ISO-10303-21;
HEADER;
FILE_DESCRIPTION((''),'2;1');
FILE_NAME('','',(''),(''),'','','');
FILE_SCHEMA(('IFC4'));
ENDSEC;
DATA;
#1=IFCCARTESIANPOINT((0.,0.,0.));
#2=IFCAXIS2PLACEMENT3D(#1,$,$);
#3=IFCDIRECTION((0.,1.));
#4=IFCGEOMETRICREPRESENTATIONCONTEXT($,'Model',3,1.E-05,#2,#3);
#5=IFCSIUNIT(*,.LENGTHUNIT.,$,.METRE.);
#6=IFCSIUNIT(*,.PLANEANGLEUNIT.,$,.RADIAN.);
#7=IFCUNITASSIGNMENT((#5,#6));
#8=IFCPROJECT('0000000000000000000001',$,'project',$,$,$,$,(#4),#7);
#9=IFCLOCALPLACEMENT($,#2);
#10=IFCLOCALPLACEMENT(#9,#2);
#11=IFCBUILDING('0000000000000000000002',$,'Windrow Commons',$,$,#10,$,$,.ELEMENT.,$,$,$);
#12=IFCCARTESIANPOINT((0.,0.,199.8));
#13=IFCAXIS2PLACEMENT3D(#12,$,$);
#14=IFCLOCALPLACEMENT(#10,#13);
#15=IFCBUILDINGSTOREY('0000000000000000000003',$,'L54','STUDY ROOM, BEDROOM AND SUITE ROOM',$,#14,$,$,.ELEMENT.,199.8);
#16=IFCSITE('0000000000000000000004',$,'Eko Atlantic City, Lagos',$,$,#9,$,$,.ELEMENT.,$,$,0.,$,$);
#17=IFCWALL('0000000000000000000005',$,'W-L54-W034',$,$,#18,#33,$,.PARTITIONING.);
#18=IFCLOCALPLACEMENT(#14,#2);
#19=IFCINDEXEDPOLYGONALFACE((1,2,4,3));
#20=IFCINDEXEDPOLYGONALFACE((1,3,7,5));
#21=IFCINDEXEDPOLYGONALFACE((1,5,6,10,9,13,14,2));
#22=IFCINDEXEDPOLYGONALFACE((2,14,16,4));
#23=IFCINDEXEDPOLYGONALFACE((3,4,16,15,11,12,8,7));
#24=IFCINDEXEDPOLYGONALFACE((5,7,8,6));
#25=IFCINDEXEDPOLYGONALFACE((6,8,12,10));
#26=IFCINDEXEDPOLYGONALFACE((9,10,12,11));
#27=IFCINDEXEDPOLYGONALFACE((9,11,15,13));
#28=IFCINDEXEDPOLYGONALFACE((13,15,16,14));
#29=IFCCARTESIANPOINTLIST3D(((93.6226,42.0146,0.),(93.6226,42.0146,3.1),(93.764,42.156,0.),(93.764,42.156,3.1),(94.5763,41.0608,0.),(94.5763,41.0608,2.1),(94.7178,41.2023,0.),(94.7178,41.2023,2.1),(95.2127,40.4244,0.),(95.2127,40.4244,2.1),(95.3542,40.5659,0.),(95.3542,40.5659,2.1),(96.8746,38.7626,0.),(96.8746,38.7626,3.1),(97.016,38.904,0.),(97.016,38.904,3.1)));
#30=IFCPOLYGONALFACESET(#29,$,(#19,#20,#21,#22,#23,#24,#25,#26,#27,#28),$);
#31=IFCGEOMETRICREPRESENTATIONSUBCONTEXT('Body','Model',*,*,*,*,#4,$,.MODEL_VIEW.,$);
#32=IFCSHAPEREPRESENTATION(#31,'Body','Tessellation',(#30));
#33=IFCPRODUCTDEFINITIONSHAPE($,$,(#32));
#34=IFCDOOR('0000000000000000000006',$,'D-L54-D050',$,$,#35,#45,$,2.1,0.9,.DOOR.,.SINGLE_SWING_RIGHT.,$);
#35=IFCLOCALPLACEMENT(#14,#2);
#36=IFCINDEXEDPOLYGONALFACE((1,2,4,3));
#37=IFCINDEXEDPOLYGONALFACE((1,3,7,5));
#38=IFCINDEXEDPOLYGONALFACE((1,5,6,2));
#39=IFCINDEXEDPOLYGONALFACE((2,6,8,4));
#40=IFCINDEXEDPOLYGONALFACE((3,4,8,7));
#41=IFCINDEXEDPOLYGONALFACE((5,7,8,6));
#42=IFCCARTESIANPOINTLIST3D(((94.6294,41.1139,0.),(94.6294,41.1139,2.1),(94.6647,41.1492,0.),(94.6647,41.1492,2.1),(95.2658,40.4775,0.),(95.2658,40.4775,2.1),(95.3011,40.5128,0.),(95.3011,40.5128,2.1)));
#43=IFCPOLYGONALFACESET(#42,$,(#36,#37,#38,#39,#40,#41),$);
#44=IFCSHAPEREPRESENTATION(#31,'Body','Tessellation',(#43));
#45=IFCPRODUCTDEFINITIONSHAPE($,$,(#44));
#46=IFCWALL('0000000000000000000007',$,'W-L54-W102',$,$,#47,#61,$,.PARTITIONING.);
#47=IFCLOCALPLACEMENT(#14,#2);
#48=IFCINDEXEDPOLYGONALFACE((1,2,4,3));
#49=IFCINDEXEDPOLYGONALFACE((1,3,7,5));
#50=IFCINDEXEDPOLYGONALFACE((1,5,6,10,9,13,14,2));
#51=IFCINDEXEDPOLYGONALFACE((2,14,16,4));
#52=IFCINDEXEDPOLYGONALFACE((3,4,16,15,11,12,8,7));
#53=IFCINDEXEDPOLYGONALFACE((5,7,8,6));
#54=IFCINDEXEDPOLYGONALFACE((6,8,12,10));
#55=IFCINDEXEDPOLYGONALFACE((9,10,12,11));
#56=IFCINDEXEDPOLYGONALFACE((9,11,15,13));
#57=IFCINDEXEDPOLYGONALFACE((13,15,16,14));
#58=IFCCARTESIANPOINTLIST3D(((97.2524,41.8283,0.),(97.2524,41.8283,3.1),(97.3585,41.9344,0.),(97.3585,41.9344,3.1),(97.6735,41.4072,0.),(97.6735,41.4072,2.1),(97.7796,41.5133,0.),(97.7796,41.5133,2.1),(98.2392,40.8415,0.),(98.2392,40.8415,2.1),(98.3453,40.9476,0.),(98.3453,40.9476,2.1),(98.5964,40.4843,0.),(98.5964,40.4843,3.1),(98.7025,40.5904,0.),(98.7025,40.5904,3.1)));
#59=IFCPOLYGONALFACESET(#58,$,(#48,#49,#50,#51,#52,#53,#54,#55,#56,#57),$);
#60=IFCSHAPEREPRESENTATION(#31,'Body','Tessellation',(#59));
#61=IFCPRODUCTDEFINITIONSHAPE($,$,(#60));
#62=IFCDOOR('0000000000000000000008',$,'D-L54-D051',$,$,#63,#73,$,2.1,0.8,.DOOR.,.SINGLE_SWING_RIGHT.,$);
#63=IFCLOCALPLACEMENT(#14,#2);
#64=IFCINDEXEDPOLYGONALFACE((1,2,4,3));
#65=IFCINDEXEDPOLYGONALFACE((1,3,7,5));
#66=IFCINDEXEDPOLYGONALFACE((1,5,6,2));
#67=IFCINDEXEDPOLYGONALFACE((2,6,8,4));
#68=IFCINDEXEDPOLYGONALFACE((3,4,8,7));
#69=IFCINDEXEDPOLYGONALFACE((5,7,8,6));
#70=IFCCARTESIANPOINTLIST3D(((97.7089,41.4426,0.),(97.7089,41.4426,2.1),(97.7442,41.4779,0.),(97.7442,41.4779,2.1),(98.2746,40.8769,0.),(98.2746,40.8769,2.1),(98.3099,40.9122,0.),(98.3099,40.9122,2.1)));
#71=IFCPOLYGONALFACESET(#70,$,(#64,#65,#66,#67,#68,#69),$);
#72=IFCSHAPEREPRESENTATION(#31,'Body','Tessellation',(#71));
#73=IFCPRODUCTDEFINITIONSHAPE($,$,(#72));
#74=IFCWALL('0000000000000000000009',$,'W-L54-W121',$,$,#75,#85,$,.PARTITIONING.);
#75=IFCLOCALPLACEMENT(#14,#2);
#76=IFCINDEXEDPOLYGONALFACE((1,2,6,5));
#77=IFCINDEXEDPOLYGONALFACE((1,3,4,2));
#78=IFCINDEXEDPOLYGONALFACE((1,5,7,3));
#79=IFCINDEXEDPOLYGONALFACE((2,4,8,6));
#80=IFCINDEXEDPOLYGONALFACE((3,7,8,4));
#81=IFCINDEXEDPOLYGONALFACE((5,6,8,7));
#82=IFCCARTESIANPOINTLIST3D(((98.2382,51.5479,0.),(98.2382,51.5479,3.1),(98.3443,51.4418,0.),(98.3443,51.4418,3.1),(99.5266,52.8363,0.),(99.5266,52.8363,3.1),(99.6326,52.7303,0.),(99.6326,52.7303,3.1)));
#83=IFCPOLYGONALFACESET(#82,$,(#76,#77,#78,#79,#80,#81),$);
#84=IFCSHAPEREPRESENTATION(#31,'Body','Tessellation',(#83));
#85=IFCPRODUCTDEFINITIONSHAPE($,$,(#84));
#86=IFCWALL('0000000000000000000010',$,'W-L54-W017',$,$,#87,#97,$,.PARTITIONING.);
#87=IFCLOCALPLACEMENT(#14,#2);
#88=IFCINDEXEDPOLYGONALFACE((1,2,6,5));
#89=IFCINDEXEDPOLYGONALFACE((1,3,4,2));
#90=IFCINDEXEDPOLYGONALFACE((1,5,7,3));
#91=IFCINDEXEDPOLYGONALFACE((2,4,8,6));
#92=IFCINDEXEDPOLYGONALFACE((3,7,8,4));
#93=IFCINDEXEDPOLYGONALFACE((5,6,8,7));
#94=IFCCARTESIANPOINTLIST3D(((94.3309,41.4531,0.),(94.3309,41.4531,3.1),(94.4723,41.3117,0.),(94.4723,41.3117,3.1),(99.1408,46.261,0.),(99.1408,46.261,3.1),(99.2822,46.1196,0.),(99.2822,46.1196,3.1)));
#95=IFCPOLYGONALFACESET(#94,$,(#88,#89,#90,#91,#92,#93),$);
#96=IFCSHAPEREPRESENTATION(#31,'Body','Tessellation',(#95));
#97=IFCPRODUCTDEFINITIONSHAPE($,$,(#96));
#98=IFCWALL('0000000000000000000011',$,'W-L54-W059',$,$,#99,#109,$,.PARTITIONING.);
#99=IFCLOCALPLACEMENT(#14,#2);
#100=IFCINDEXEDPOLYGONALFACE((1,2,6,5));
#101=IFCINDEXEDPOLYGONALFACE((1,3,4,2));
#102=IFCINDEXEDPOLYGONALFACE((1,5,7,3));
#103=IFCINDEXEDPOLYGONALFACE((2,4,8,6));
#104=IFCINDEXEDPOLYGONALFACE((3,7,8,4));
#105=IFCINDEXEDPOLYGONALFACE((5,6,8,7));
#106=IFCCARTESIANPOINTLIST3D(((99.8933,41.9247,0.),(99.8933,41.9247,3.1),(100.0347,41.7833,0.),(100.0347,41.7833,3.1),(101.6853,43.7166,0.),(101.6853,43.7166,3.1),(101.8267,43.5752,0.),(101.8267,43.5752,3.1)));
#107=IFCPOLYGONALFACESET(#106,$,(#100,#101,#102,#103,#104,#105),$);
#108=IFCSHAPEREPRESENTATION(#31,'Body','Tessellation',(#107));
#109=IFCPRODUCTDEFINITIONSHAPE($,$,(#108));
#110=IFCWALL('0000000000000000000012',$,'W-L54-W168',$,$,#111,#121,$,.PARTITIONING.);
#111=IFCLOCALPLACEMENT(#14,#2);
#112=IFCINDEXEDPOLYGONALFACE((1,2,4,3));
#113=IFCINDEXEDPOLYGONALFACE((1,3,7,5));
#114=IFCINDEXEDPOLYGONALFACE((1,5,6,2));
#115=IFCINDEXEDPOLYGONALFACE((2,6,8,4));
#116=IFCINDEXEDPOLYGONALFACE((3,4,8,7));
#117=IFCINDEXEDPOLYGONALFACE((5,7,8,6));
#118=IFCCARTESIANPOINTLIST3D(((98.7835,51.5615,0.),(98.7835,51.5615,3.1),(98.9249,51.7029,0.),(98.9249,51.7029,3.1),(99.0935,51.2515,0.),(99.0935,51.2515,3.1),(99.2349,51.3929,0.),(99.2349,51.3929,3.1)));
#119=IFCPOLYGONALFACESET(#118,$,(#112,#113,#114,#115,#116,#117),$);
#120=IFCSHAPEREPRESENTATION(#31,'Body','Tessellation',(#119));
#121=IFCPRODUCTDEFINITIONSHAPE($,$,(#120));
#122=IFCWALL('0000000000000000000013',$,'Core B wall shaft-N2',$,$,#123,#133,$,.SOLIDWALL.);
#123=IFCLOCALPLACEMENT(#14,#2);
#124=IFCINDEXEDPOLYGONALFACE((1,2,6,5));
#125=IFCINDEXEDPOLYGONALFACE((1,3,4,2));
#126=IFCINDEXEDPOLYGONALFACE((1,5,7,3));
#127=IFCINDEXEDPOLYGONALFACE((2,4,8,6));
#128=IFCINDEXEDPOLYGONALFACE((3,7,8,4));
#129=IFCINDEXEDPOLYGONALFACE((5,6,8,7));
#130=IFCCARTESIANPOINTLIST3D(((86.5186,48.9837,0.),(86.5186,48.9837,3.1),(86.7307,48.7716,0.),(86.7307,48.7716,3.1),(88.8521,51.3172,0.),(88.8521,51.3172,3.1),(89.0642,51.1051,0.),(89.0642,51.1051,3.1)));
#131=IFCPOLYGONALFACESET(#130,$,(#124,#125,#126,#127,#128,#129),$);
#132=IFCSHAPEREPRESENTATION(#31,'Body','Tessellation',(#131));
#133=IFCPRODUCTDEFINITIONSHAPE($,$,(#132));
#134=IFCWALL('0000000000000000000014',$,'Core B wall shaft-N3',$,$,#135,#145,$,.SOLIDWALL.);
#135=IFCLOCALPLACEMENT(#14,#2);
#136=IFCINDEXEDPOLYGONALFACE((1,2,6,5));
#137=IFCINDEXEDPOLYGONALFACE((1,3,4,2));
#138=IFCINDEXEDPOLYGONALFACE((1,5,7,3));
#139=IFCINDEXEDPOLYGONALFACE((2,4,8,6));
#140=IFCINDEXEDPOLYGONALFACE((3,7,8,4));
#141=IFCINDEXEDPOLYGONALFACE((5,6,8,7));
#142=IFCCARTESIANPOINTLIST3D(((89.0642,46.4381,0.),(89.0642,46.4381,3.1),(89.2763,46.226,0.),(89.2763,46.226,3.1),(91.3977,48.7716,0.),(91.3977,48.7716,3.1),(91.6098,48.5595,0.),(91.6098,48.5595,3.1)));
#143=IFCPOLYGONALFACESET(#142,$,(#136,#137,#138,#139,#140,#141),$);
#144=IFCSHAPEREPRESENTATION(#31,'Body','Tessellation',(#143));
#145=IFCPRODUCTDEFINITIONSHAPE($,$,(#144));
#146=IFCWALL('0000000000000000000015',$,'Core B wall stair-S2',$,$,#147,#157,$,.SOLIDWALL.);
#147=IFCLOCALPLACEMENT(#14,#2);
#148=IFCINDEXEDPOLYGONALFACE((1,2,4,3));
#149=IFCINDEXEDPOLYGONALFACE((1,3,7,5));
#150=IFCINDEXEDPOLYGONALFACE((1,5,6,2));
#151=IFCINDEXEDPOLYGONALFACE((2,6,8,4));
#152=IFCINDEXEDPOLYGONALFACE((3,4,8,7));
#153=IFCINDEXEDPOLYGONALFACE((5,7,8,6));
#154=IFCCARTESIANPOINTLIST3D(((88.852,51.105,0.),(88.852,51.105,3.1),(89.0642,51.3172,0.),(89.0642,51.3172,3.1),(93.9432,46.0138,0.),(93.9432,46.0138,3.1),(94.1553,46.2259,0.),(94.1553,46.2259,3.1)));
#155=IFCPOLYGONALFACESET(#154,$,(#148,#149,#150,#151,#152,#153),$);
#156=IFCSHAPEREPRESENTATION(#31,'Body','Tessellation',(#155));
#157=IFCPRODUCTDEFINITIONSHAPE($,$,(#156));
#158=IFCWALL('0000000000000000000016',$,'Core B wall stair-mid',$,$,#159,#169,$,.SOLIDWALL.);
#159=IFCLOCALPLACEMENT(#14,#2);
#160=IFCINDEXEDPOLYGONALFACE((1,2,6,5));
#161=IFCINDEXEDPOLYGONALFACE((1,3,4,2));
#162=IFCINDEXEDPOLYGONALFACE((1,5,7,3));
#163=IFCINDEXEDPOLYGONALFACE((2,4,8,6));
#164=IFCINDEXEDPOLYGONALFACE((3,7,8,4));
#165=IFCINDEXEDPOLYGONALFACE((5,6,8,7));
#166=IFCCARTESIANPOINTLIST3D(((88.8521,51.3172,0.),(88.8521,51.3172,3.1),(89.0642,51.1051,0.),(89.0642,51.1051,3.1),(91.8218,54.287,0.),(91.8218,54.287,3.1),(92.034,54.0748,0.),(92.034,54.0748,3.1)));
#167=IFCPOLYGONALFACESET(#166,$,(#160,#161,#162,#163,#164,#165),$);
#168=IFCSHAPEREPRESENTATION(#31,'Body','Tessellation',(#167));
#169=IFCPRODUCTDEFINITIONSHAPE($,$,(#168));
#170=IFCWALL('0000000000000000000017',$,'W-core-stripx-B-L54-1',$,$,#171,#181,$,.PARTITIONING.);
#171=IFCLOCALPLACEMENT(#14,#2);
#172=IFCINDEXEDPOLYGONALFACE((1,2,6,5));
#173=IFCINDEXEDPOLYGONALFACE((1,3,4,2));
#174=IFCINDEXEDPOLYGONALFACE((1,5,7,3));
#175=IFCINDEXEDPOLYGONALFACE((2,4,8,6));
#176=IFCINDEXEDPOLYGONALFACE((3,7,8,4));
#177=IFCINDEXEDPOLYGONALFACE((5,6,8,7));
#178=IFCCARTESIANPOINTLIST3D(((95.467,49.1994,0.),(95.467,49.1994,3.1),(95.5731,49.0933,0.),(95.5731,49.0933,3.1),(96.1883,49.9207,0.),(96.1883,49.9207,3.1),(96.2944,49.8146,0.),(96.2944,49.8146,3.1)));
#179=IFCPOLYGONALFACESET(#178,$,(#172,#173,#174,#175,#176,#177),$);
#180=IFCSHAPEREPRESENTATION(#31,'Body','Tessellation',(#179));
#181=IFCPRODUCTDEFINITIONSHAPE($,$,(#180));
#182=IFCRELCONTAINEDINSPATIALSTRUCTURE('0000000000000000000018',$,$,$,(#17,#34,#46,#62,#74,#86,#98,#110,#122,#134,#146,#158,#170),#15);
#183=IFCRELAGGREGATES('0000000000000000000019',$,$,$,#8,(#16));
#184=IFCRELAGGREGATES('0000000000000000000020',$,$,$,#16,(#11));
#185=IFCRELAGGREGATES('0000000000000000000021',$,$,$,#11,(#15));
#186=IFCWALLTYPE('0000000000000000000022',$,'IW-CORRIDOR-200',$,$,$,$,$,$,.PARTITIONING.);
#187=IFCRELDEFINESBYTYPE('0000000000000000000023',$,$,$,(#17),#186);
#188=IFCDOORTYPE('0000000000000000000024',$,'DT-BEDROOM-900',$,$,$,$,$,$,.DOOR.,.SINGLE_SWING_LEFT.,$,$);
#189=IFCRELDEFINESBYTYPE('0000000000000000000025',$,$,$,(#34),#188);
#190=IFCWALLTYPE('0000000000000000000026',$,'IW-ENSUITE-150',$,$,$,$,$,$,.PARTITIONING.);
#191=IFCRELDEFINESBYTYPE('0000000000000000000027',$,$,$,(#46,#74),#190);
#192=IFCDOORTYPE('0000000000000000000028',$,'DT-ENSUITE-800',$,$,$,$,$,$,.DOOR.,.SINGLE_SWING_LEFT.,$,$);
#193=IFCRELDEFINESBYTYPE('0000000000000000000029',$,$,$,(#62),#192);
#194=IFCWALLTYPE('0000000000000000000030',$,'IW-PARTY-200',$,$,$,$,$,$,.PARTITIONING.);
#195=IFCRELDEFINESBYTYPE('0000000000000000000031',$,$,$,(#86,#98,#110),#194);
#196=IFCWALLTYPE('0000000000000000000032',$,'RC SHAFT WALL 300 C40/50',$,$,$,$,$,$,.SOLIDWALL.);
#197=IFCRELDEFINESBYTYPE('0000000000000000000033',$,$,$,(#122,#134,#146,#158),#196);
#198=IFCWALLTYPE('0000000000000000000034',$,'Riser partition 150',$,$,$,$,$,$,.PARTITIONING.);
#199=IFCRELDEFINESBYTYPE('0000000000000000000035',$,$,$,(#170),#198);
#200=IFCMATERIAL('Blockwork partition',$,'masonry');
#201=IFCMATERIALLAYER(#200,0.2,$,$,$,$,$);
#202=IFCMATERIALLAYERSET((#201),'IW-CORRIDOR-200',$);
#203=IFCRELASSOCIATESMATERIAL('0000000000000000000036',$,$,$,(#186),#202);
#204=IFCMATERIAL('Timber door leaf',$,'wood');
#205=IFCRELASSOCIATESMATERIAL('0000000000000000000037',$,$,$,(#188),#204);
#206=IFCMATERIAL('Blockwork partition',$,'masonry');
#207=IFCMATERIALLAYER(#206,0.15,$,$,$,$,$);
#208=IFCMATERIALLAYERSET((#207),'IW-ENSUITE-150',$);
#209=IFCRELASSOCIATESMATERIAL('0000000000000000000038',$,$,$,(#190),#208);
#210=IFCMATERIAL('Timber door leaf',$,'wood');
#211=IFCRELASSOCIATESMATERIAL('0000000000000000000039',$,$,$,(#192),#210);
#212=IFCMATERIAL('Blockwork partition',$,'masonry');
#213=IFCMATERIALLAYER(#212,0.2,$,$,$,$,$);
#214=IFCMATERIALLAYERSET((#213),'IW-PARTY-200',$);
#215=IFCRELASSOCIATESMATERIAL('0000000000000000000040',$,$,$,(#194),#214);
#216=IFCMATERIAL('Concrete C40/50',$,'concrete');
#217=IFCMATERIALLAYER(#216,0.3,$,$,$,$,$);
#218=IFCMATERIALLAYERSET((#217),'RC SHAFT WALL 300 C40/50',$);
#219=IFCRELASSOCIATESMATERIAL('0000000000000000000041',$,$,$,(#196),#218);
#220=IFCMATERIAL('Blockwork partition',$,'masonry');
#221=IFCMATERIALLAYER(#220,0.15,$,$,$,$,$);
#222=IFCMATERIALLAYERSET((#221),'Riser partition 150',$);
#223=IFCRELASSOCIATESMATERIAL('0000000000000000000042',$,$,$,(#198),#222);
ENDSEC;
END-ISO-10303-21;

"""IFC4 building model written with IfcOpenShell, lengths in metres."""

from ifc_helpers import new_model, si_unit, direction, frame, frame_2d, origin, place, context, subcontext, project, spatial, rectangle, extrude, material, layer, layer_set, type_object, element, fill, save


model = new_model("IFC4")

# Units and contexts
model_context = context("Model", 3, precision=1e-05, world=origin(), true_north=direction((0.0, 1.0)))
body_context = subcontext(model_context, "Body", "Model", "MODEL_VIEW")
ifc_project = project(units=[si_unit("LENGTHUNIT", "METRE"), si_unit("PLANEANGLEUNIT", "RADIAN")], contexts=[model_context])

# Site, building, storey
site_placement = place(None, origin())
site = spatial("IfcSite", under=ifc_project, at=site_placement, Name="Eko Atlantic City, Lagos", CompositionType="ELEMENT", RefElevation=0.0)
building_placement = place(site_placement, origin())
building = spatial("IfcBuilding", under=site, at=building_placement, Name="Windrow Commons", CompositionType="ELEMENT")
storey_placement = place(building_placement, frame((0.0, 0.0, 199.8)))
storey = spatial("IfcBuildingStorey", under=building, at=storey_placement, Name="L54", Description="STUDY ROOM, BEDROOM AND SUITE ROOM", CompositionType="ELEMENT", Elevation=199.8)

# Walls, openings, doors
ifc_material_1 = material(Name="Blockwork partition", Category="masonry")
ifc_layer_1 = layer(ifc_material_1, 0.2)
ifc_layer_set_1 = layer_set([ifc_layer_1], Name="IW-CORRIDOR-200")
wall_type_1 = type_object("IfcWallType", Name="IW-CORRIDOR-200", PredefinedType="PARTITIONING", material=ifc_layer_set_1)
wall_1_placement = place(storey_placement, frame((93.6933, 42.0853, 0.0), z_axis=(0.0, 0.0, 1.0), x_axis=(0.707107, -0.707107, 0.0)))
wall_1 = element("IfcWall", 1, at=wall_1_placement, inside=storey, type_object=wall_type_1, Name="W-L54-W034", PredefinedType="PARTITIONING", context=body_context, shape_type="SweptSolid", body=[
    extrude(rectangle(XDim=4.599, YDim=0.2, at=frame_2d((2.2995, 0.0))), origin(), (0.0, 0.0, 1.0), 3.1),
])
opening_1_placement = place(wall_1_placement, frame((1.3488, 0.0, 0.0)))
opening_1 = element("IfcOpeningElement", 2, at=opening_1_placement, cuts=wall_1, PredefinedType="OPENING", context=body_context, shape_type="SweptSolid", body=[
    extrude(rectangle(XDim=0.9, YDim=2.1, at=frame_2d((0.45, 1.05))), frame((0.0, 0.11, 0.0), z_axis=(0.0, -1.0, 0.0), x_axis=(1.0, 0.0, 0.0)), (0.0, 0.0, 1.0), 0.22),
])
ifc_material_2 = material(Name="Timber door leaf", Category="wood")
door_type_1 = type_object("IfcDoorType", Name="DT-BEDROOM-900", OperationType="SINGLE_SWING_LEFT", PredefinedType="DOOR", material=ifc_material_2)
door_1_placement = place(opening_1_placement, origin())
door_1 = element("IfcDoor", 3, at=door_1_placement, inside=storey, type_object=door_type_1, Name="D-L54-D050", OperationType="SINGLE_SWING_RIGHT", OverallHeight=2.1, OverallWidth=0.9, PredefinedType="DOOR", context=body_context, shape_type="SweptSolid", body=[
    extrude(rectangle(XDim=0.9, YDim=2.1, at=frame_2d((0.45, 1.05))), frame((0.0, 0.025, 0.0), z_axis=(0.0, -1.0, 0.0), x_axis=(1.0, 0.0, 0.0)), (0.0, 0.0, 1.0), 0.05),
])
fill(opening_1, door_1)
ifc_material_3 = material(Name="Blockwork partition", Category="masonry")
ifc_layer_2 = layer(ifc_material_3, 0.15)
ifc_layer_set_2 = layer_set([ifc_layer_2], Name="IW-ENSUITE-150")
wall_type_2 = type_object("IfcWallType", Name="IW-ENSUITE-150", PredefinedType="PARTITIONING", material=ifc_layer_set_2)
wall_2_placement = place(storey_placement, frame((97.3054, 41.8814, 0.0), z_axis=(0.0, 0.0, 1.0), x_axis=(0.707107, -0.707107, 0.0)))
wall_2 = element("IfcWall", 4, at=wall_2_placement, inside=storey, type_object=wall_type_2, Name="W-L54-W102", PredefinedType="PARTITIONING", context=body_context, shape_type="SweptSolid", body=[
    extrude(rectangle(XDim=1.9007, YDim=0.15, at=frame_2d((0.9504, 0.0))), origin(), (0.0, 0.0, 1.0), 3.1),
])
opening_2_placement = place(wall_2_placement, frame((0.5956, 0.0, 0.0)))
opening_2 = element("IfcOpeningElement", 5, at=opening_2_placement, cuts=wall_2, PredefinedType="OPENING", context=body_context, shape_type="SweptSolid", body=[
    extrude(rectangle(XDim=0.8, YDim=2.1, at=frame_2d((0.4, 1.05))), frame((0.0, 0.085, 0.0), z_axis=(0.0, -1.0, 0.0), x_axis=(1.0, 0.0, 0.0)), (0.0, 0.0, 1.0), 0.17),
])
ifc_material_4 = material(Name="Timber door leaf", Category="wood")
door_type_2 = type_object("IfcDoorType", Name="DT-ENSUITE-800", OperationType="SINGLE_SWING_LEFT", PredefinedType="DOOR", material=ifc_material_4)
door_2_placement = place(opening_2_placement, origin())
door_2 = element("IfcDoor", 6, at=door_2_placement, inside=storey, type_object=door_type_2, Name="D-L54-D051", OperationType="SINGLE_SWING_RIGHT", OverallHeight=2.1, OverallWidth=0.8, PredefinedType="DOOR", context=body_context, shape_type="SweptSolid", body=[
    extrude(rectangle(XDim=0.8, YDim=2.1, at=frame_2d((0.4, 1.05))), frame((0.0, 0.025, 0.0), z_axis=(0.0, -1.0, 0.0), x_axis=(1.0, 0.0, 0.0)), (0.0, 0.0, 1.0), 0.05),
])
fill(opening_2, door_2)

# Walls
wall_3_placement = place(storey_placement, frame((98.2912, 51.4948, 0.0), z_axis=(0.0, 0.0, 1.0), x_axis=(0.707079, 0.707134, 0.0)))
element("IfcWall", 7, at=wall_3_placement, inside=storey, type_object=wall_type_2, Name="W-L54-W121", PredefinedType="PARTITIONING", context=body_context, shape_type="SweptSolid", body=[
    extrude(rectangle(XDim=1.8221, YDim=0.15, at=frame_2d((0.9111, 0.0))), origin(), (0.0, 0.0, 1.0), 3.1),
])
ifc_material_5 = material(Name="Blockwork partition", Category="masonry")
ifc_layer_3 = layer(ifc_material_5, 0.2)
ifc_layer_set_3 = layer_set([ifc_layer_3], Name="IW-PARTY-200")
wall_type_3 = type_object("IfcWallType", Name="IW-PARTY-200", PredefinedType="PARTITIONING", material=ifc_layer_set_3)
wall_4_placement = place(storey_placement, frame((94.4016, 41.3824, 0.0), z_axis=(0.0, 0.0, 1.0), x_axis=(0.707254, 0.70696, 0.0)))
element("IfcWall", 8, at=wall_4_placement, inside=storey, type_object=wall_type_3, Name="W-L54-W017", PredefinedType="PARTITIONING", context=body_context, shape_type="SweptSolid", body=[
    extrude(rectangle(XDim=6.8008, YDim=0.2, at=frame_2d((3.4004, 0.0))), origin(), (0.0, 0.0, 1.0), 3.1),
])
wall_5_placement = place(storey_placement, frame((99.964, 41.854, 0.0), z_axis=(0.0, 0.0, 1.0), x_axis=(0.707127, 0.707087, 0.0)))
element("IfcWall", 9, at=wall_5_placement, inside=storey, type_object=wall_type_3, Name="W-L54-W059", PredefinedType="PARTITIONING", context=body_context, shape_type="SweptSolid", body=[
    extrude(rectangle(XDim=2.5341, YDim=0.2, at=frame_2d((1.2671, 0.0))), origin(), (0.0, 0.0, 1.0), 3.1),
])
wall_6_placement = place(storey_placement, frame((98.8542, 51.6322, 0.0), z_axis=(0.0, 0.0, 1.0), x_axis=(0.707107, -0.707107, 0.0)))
element("IfcWall", 10, at=wall_6_placement, inside=storey, type_object=wall_type_3, Name="W-L54-W168", PredefinedType="PARTITIONING", context=body_context, shape_type="SweptSolid", body=[
    extrude(rectangle(XDim=0.4384, YDim=0.2, at=frame_2d((0.2192, 0.0))), origin(), (0.0, 0.0, 1.0), 3.1),
])
ifc_material_6 = material(Name="Concrete C40/50", Category="concrete")
ifc_layer_4 = layer(ifc_material_6, 0.3)
ifc_layer_set_4 = layer_set([ifc_layer_4], Name="RC SHAFT WALL 300 C40/50")
wall_type_4 = type_object("IfcWallType", Name="RC SHAFT WALL 300 C40/50", PredefinedType="SOLIDWALL", material=ifc_layer_set_4)
for number, where, z_axis, x_axis, name in (
    (11, (86.6246, 48.8776, 0.0), (0.0, 0.0, 1.0), (0.707107, 0.707107, 0.0), "Core B wall shaft-N2"),
    (12, (89.1702, 46.332, 0.0), (0.0, 0.0, 1.0), (0.707107, 0.707107, 0.0), "Core B wall shaft-N3"),
):
    element("IfcWall", number, at=place(storey_placement, frame(where, z_axis=z_axis, x_axis=x_axis)), inside=storey, type_object=wall_type_4, Name=name, PredefinedType="SOLIDWALL", context=body_context, shape_type="SweptSolid", body=[
        extrude(rectangle(XDim=3.3001, YDim=0.3, at=frame_2d((1.6501, 0.0))), origin(), (0.0, 0.0, 1.0), 3.1),
    ])
wall_7_placement = place(storey_placement, frame((88.9581, 51.2111, 0.0), z_axis=(0.0, 0.0, 1.0), x_axis=(0.7071, -0.707114, 0.0)))
element("IfcWall", 13, at=wall_7_placement, inside=storey, type_object=wall_type_4, Name="Core B wall stair-S2", PredefinedType="SOLIDWALL", context=body_context, shape_type="SweptSolid", body=[
    extrude(rectangle(XDim=7.2, YDim=0.3, at=frame_2d((3.6, 0.0))), origin(), (0.0, 0.0, 1.0), 3.1),
])
wall_8_placement = place(storey_placement, frame((88.9581, 51.2111, 0.0), z_axis=(0.0, 0.0, 1.0), x_axis=(0.707107, 0.707107, 0.0)))
element("IfcWall", 14, at=wall_8_placement, inside=storey, type_object=wall_type_4, Name="Core B wall stair-mid", PredefinedType="SOLIDWALL", context=body_context, shape_type="SweptSolid", body=[
    extrude(rectangle(XDim=4.1999, YDim=0.3, at=frame_2d((2.1, 0.0))), origin(), (0.0, 0.0, 1.0), 3.1),
])
ifc_material_7 = material(Name="Blockwork partition", Category="masonry")
ifc_layer_5 = layer(ifc_material_7, 0.15)
ifc_layer_set_5 = layer_set([ifc_layer_5], Name="Riser partition 150")
wall_type_5 = type_object("IfcWallType", Name="Riser partition 150", PredefinedType="PARTITIONING", material=ifc_layer_set_5)
wall_9_placement = place(storey_placement, frame((95.52, 49.1463, 0.0), z_axis=(0.0, 0.0, 1.0), x_axis=(0.707107, 0.707107, 0.0)))
element("IfcWall", 15, at=wall_9_placement, inside=storey, type_object=wall_type_5, Name="W-core-stripx-B-L54-1", PredefinedType="PARTITIONING", context=body_context, shape_type="SweptSolid", body=[
    extrude(rectangle(XDim=1.0201, YDim=0.15, at=frame_2d((0.5101, 0.0))), origin(), (0.0, 0.0, 1.0), 3.1),
])

save(model, "model.ifc")
